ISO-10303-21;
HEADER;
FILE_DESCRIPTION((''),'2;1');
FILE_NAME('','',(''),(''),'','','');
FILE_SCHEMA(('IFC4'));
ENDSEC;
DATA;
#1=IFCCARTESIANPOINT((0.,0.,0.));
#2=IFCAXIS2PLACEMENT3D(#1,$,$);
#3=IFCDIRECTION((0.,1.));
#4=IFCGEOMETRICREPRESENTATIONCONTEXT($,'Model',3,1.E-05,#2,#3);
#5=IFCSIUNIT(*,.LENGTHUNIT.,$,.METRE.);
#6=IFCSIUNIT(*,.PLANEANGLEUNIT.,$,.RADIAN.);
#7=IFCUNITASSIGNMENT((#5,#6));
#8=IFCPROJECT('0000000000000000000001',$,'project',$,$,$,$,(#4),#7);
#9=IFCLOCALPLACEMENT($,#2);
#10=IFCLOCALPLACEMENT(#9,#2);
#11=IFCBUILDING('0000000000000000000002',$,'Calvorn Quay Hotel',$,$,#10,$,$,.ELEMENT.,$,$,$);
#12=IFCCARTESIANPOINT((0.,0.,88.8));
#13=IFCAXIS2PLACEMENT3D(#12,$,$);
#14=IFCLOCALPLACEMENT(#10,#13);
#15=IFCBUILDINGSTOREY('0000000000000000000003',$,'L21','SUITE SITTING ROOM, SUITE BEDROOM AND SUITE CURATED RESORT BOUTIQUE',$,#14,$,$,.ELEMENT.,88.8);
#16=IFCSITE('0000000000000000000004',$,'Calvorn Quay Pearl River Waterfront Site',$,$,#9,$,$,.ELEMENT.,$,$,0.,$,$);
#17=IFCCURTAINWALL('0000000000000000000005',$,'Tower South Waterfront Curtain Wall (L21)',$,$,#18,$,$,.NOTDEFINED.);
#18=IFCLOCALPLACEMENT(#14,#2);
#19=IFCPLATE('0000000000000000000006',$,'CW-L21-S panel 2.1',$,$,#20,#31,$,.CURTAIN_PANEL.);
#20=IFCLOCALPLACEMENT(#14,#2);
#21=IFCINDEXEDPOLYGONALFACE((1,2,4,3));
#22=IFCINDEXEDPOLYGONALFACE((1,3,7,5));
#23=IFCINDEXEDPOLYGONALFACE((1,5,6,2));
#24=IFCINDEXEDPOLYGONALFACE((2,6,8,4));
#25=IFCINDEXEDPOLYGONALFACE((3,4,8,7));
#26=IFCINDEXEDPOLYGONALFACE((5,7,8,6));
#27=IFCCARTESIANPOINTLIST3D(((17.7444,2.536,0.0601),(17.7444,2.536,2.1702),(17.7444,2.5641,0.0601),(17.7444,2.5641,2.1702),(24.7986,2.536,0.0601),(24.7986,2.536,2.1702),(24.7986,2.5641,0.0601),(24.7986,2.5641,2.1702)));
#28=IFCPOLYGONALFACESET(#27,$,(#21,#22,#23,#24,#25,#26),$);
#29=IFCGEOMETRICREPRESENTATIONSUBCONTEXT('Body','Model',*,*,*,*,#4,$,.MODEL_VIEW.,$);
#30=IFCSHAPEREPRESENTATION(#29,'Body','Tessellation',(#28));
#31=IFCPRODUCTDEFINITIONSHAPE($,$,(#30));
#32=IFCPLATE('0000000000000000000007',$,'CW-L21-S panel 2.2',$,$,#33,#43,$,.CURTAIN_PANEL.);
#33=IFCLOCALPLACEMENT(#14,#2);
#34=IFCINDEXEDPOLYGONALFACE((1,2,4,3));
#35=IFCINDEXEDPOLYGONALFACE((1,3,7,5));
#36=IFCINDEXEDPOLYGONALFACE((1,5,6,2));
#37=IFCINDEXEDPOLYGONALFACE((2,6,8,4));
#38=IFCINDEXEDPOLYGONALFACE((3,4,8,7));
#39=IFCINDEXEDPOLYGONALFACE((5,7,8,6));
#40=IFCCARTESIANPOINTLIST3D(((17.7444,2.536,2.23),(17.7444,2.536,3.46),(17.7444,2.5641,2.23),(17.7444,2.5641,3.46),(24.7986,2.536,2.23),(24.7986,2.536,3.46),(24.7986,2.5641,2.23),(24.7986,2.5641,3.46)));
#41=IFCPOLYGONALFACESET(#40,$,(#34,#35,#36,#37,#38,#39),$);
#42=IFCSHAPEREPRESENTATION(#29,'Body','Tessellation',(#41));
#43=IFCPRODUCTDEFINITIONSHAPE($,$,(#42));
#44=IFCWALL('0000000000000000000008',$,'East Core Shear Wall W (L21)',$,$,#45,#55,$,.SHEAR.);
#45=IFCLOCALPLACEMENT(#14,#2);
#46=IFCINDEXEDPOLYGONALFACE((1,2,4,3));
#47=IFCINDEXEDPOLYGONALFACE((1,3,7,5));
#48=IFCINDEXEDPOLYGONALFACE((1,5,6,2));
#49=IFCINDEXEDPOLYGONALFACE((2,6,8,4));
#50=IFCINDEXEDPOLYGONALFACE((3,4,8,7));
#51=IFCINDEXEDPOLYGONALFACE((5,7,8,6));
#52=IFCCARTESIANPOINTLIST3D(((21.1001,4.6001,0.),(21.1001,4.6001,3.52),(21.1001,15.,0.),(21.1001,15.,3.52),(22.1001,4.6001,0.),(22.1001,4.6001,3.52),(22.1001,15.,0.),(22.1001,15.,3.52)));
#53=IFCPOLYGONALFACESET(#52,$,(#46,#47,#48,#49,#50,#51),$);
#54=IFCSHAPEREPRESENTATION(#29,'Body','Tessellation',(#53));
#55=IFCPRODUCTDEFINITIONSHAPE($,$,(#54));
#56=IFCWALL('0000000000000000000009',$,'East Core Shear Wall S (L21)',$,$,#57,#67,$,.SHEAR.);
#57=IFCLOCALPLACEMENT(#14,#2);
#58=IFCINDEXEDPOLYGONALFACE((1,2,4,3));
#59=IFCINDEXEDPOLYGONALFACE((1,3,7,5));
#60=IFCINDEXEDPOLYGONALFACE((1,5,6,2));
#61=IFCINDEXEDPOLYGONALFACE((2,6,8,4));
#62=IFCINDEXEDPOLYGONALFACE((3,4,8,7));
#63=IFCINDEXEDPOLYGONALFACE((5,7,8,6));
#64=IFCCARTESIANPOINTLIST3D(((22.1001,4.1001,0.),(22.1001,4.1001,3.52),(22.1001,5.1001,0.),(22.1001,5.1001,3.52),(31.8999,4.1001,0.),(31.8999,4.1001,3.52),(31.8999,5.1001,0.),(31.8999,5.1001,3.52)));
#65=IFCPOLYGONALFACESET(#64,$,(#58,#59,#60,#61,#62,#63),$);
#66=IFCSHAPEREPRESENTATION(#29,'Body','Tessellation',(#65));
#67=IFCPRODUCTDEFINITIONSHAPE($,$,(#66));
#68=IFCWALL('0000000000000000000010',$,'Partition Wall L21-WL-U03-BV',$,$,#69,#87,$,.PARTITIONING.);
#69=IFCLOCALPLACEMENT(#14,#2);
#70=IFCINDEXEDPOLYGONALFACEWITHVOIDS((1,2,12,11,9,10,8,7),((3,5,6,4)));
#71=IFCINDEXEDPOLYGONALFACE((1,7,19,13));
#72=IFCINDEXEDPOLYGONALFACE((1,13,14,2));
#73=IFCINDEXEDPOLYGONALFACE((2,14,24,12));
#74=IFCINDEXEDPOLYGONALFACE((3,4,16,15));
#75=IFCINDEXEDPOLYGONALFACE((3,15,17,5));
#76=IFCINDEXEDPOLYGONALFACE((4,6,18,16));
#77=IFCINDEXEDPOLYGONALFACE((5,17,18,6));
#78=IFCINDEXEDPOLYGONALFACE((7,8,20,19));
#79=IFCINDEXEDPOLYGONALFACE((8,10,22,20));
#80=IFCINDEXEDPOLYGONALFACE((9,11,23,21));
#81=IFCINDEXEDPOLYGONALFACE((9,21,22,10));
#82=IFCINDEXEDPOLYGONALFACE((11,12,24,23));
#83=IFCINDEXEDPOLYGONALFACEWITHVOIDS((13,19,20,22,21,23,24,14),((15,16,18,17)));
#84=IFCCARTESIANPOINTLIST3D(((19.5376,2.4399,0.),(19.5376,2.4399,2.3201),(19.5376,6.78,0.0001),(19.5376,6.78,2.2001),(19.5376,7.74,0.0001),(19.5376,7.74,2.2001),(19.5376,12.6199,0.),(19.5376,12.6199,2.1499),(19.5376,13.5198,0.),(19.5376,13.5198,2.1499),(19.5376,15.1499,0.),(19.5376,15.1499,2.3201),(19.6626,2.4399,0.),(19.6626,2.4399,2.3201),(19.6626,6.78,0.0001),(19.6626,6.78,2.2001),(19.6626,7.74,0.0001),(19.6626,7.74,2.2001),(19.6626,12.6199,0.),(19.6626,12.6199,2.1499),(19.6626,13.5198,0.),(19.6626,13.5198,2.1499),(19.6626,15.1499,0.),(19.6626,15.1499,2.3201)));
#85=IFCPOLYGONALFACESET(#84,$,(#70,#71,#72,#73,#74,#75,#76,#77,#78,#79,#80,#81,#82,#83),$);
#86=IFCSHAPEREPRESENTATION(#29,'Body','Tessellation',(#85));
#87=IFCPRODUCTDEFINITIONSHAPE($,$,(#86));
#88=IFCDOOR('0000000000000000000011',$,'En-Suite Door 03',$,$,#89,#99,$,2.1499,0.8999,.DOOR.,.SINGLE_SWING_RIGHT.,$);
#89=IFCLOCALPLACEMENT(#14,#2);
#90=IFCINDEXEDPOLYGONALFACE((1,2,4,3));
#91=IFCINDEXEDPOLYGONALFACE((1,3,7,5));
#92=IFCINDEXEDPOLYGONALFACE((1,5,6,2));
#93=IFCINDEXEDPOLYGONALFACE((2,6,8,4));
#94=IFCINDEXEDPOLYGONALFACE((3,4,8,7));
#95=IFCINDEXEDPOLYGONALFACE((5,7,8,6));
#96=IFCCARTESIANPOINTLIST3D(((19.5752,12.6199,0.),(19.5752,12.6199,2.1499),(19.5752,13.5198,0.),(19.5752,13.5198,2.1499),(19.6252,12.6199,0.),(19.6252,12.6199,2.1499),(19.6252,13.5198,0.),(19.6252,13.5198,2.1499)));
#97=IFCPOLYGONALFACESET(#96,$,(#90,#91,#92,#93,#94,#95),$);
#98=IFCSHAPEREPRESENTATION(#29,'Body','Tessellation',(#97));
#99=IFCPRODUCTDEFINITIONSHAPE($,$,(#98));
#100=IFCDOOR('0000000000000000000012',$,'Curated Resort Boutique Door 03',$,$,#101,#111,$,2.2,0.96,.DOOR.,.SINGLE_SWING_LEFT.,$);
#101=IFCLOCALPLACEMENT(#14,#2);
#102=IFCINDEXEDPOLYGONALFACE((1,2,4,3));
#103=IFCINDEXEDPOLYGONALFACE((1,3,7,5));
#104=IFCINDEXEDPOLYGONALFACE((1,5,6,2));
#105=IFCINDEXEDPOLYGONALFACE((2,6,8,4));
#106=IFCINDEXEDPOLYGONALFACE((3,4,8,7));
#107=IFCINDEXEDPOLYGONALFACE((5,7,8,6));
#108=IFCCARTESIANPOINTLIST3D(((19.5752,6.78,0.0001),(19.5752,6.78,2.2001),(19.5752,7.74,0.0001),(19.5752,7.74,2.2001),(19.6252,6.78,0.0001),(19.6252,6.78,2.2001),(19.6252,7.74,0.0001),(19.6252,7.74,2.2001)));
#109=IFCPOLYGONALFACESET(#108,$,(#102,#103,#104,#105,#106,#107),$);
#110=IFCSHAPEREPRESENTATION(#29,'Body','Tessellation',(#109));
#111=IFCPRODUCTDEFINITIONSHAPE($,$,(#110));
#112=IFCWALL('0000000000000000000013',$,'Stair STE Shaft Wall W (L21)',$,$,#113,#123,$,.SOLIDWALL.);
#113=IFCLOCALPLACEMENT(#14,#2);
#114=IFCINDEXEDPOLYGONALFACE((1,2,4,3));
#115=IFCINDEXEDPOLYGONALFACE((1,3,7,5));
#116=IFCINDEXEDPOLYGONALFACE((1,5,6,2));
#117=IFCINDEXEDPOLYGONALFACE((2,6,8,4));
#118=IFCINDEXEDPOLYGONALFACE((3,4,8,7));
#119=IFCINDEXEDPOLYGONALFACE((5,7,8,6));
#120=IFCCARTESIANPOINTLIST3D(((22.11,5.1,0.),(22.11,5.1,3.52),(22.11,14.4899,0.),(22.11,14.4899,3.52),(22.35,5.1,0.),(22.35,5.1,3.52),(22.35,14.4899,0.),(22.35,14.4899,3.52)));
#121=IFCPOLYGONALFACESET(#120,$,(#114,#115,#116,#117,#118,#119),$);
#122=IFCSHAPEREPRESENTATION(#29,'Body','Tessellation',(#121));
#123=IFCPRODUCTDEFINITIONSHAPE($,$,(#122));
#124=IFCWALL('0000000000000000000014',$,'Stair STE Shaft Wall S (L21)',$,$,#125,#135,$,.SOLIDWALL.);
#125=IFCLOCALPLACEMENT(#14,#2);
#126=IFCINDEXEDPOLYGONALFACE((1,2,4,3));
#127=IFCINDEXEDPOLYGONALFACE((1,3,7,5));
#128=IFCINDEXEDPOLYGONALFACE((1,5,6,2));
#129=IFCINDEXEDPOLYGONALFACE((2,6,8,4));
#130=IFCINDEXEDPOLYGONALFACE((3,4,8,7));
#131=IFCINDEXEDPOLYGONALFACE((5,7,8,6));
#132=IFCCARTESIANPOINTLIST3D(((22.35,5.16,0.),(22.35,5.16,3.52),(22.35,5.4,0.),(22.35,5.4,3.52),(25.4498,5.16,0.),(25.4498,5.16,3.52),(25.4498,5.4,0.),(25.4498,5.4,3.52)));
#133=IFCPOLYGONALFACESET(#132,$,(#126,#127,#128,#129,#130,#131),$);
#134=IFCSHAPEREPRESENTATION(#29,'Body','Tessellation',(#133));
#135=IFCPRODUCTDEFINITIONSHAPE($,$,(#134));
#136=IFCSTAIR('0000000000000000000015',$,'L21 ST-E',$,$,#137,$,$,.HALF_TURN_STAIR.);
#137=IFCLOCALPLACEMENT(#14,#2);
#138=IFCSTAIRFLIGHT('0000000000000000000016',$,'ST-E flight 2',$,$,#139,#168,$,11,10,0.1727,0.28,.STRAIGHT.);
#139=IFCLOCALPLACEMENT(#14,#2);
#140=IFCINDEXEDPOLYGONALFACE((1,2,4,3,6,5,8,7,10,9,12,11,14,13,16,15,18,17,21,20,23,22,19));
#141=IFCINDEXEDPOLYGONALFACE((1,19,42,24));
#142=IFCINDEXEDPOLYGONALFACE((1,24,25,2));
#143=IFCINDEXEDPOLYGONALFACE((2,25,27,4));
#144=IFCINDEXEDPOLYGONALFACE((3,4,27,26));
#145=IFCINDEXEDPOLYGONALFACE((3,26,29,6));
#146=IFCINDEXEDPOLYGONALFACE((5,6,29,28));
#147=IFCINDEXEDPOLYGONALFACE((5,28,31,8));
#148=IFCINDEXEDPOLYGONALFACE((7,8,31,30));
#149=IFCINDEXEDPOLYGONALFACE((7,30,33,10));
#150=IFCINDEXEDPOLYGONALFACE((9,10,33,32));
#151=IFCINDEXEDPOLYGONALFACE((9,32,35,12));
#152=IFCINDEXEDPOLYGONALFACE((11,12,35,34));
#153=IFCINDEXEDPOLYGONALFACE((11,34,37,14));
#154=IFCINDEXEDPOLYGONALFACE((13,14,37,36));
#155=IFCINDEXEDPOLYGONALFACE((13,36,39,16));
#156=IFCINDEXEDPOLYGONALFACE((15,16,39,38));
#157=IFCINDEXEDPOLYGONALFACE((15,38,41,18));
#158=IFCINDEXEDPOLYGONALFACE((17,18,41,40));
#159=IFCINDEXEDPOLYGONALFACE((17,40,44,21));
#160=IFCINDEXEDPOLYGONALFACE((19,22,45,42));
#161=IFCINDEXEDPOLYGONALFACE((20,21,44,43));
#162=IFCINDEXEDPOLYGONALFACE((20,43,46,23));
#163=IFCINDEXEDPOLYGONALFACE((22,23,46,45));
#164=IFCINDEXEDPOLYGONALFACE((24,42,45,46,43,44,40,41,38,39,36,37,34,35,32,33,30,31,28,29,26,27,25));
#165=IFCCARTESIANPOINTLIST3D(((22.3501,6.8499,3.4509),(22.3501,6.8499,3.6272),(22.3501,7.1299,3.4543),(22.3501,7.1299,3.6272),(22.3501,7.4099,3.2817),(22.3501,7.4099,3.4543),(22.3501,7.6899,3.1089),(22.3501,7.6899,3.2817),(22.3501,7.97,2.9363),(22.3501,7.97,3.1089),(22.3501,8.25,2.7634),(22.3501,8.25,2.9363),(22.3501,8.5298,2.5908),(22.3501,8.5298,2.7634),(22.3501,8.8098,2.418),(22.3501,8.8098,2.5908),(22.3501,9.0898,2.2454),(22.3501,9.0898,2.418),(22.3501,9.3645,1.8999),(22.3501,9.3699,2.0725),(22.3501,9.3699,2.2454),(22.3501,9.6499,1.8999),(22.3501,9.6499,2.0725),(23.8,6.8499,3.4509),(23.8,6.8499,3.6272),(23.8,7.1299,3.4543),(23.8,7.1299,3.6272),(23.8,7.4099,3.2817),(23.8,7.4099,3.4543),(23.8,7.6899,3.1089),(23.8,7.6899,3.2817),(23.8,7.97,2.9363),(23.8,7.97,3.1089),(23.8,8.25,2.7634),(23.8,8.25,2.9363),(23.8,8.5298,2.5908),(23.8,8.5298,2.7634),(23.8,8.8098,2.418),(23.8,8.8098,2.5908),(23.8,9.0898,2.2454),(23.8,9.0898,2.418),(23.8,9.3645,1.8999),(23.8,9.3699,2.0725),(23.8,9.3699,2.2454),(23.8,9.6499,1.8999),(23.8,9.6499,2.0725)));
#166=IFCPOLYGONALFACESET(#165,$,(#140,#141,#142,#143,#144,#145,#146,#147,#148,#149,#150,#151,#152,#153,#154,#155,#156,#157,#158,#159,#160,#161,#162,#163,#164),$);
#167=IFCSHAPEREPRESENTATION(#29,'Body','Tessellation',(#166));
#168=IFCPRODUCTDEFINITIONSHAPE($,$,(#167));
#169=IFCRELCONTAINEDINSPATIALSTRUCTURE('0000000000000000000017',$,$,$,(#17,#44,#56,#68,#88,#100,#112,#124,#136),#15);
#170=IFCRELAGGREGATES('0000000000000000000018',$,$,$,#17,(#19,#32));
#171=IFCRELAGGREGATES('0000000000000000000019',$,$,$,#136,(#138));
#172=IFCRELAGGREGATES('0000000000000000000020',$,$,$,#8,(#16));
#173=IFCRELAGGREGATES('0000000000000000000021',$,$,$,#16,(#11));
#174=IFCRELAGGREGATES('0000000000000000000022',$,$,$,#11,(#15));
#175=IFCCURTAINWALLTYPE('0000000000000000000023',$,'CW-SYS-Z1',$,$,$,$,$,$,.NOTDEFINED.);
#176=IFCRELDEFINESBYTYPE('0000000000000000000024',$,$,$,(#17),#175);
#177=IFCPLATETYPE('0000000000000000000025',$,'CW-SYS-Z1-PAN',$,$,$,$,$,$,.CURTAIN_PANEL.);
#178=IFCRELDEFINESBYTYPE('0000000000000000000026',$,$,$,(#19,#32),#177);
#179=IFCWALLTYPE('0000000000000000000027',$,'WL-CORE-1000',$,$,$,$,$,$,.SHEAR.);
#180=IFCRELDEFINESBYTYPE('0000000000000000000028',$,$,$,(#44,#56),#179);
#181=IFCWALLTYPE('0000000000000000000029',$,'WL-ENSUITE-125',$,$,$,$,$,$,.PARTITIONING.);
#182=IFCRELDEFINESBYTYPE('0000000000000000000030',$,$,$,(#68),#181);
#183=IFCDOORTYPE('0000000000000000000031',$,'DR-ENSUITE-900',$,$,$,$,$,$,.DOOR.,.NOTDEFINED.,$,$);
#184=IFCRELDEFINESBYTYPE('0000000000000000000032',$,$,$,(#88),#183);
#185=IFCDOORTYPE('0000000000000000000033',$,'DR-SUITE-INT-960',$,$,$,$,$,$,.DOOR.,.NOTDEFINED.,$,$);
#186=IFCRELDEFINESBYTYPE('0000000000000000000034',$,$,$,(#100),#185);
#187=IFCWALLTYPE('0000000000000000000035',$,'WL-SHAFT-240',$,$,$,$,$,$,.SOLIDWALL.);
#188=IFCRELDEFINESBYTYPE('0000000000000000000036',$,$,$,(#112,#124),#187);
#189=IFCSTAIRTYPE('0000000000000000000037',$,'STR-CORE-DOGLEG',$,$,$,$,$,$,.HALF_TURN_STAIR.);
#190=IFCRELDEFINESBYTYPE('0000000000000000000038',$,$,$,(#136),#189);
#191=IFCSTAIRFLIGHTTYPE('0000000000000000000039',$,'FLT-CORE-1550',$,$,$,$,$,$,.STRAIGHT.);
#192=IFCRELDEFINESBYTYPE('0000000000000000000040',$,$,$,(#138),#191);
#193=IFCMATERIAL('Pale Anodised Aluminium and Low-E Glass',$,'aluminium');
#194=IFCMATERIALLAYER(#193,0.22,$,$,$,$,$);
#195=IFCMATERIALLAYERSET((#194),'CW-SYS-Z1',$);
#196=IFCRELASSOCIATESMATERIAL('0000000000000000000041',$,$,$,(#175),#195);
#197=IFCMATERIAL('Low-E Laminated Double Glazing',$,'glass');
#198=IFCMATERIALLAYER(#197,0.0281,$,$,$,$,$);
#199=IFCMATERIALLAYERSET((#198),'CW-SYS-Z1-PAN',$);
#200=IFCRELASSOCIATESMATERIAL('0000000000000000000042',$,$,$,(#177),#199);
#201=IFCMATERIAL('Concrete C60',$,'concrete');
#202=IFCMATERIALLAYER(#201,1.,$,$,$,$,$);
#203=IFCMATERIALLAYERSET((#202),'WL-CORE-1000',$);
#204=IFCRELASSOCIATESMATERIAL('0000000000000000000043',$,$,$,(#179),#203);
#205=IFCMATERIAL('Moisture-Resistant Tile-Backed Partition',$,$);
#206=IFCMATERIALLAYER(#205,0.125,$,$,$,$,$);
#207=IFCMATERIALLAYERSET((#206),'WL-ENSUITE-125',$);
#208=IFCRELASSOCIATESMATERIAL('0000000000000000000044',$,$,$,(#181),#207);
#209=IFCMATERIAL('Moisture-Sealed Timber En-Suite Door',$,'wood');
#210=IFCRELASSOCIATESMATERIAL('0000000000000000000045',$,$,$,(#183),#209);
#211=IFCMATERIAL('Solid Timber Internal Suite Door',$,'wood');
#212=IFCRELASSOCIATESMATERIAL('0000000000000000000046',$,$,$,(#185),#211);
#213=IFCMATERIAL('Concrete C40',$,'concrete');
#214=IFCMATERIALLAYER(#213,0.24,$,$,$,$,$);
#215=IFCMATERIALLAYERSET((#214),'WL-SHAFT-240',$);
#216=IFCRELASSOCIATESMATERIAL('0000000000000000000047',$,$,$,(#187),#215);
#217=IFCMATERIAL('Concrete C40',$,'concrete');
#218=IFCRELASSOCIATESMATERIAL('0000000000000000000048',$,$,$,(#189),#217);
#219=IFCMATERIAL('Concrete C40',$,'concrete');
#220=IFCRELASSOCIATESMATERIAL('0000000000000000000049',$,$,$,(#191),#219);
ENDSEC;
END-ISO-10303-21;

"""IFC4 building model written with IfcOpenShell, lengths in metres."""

from ifc_helpers import new_model, si_unit, direction, frame, frame_2d, origin, origin_2d, place, context, subcontext, project, spatial, polyline, rectangle, outline, extrude, material, layer, layer_set, type_object, element, fill, aggregate, save


model = new_model("IFC4")

# Units and contexts
model_context = context("Model", 3, precision=1e-05, world=origin(), true_north=direction((0.0, 1.0)))
body_context = subcontext(model_context, "Body", "Model", "MODEL_VIEW")
ifc_project = project(units=[si_unit("LENGTHUNIT", "METRE"), si_unit("PLANEANGLEUNIT", "RADIAN")], contexts=[model_context])

# Site, building, storey
site_placement = place(None, origin())
site = spatial("IfcSite", under=ifc_project, at=site_placement, Name="Calvorn Quay Pearl River Waterfront Site", CompositionType="ELEMENT", RefElevation=0.0)
building_placement = place(site_placement, origin())
building = spatial("IfcBuilding", under=site, at=building_placement, Name="Calvorn Quay Hotel", CompositionType="ELEMENT")
storey_placement = place(building_placement, frame((0.0, 0.0, 88.8)))
storey = spatial("IfcBuildingStorey", under=building, at=storey_placement, Name="L21", Description="SUITE SITTING ROOM, SUITE BEDROOM AND SUITE CURATED RESORT BOUTIQUE", CompositionType="ELEMENT", Elevation=88.8)

# Curtain wall, plates
ifc_material_1 = material(Name="Pale Anodised Aluminium and Low-E Glass", Category="aluminium")
ifc_layer_1 = layer(ifc_material_1, 0.22)
ifc_layer_set_1 = layer_set([ifc_layer_1], Name="CW-SYS-Z1")
curtain_wall_type = type_object("IfcCurtainWallType", Name="CW-SYS-Z1", PredefinedType="NOTDEFINED", material=ifc_layer_set_1)
curtain_wall_placement = place(storey_placement, origin())
curtain_wall = element("IfcCurtainWall", 1, at=curtain_wall_placement, inside=storey, type_object=curtain_wall_type, Name="Tower South Waterfront Curtain Wall (L21)", PredefinedType="NOTDEFINED")
ifc_material_2 = material(Name="Low-E Laminated Double Glazing", Category="glass")
ifc_layer_2 = layer(ifc_material_2, 0.0281)
ifc_layer_set_2 = layer_set([ifc_layer_2], Name="CW-SYS-Z1-PAN")
plate_type = type_object("IfcPlateType", Name="CW-SYS-Z1-PAN", PredefinedType="CURTAIN_PANEL", material=ifc_layer_set_2)
plate_1_placement = place(storey_placement, frame((21.2715, 2.55, 0.0601), z_axis=(0.0, 0.0, 1.0), x_axis=(1.0, 0.0, 0.0)))
plate_1 = element("IfcPlate", 2, at=plate_1_placement, type_object=plate_type, Name="CW-L21-S panel 2.1", PredefinedType="CURTAIN_PANEL", context=body_context, shape_type="SweptSolid", body=[
    extrude(rectangle(XDim=7.0542, YDim=0.0281, at=origin_2d()), origin(), (0.0, 0.0, 1.0), 2.1101),
])
plate_2_placement = place(storey_placement, frame((21.2715, 2.55, 2.23), z_axis=(0.0, 0.0, 1.0), x_axis=(1.0, 0.0, 0.0)))
plate_2 = element("IfcPlate", 3, at=plate_2_placement, type_object=plate_type, Name="CW-L21-S panel 2.2", PredefinedType="CURTAIN_PANEL", context=body_context, shape_type="SweptSolid", body=[
    extrude(rectangle(XDim=7.0542, YDim=0.0281, at=origin_2d()), origin(), (0.0, 0.0, 1.0), 1.23),
])
aggregate(curtain_wall, [plate_1, plate_2])

# Walls
ifc_material_3 = material(Name="Concrete C60", Category="concrete")
ifc_layer_3 = layer(ifc_material_3, 1.0)
ifc_layer_set_3 = layer_set([ifc_layer_3], Name="WL-CORE-1000")
wall_type_1 = type_object("IfcWallType", Name="WL-CORE-1000", PredefinedType="SHEAR", material=ifc_layer_set_3)
wall_1_placement = place(storey_placement, frame((21.6001, 4.6001, 0.0), z_axis=(0.0, 0.0, 1.0), x_axis=(0.0, 1.0, 0.0)))
element("IfcWall", 4, at=wall_1_placement, inside=storey, type_object=wall_type_1, Name="East Core Shear Wall W (L21)", PredefinedType="SHEAR", context=body_context, shape_type="SweptSolid", body=[
    extrude(rectangle(XDim=10.3999, YDim=1.0, at=frame_2d((5.2, 0.0))), origin(), (0.0, 0.0, 1.0), 3.52),
])
wall_2_placement = place(storey_placement, frame((22.1001, 4.6001, 0.0), z_axis=(0.0, 0.0, 1.0), x_axis=(1.0, 0.0, 0.0)))
element("IfcWall", 5, at=wall_2_placement, inside=storey, type_object=wall_type_1, Name="East Core Shear Wall S (L21)", PredefinedType="SHEAR", context=body_context, shape_type="SweptSolid", body=[
    extrude(rectangle(XDim=9.7998, YDim=1.0, at=frame_2d((4.8999, 0.0))), origin(), (0.0, 0.0, 1.0), 3.52),
])

# Wall, openings, doors
ifc_material_4 = material(Name="Moisture-Resistant Tile-Backed Partition")
ifc_layer_4 = layer(ifc_material_4, 0.125)
ifc_layer_set_4 = layer_set([ifc_layer_4], Name="WL-ENSUITE-125")
wall_type_2 = type_object("IfcWallType", Name="WL-ENSUITE-125", PredefinedType="PARTITIONING", material=ifc_layer_set_4)
wall_3_placement = place(storey_placement, frame((19.6001, 2.4399, 0.0), z_axis=(0.0, 0.0, 1.0), x_axis=(0.0, 1.0, 0.0)))
wall_3 = element("IfcWall", 6, at=wall_3_placement, inside=storey, type_object=wall_type_2, Name="Partition Wall L21-WL-U03-BV", PredefinedType="PARTITIONING", context=body_context, shape_type="SweptSolid", body=[
    extrude(rectangle(XDim=12.71, YDim=0.125, at=frame_2d((6.355, 0.0))), origin(), (0.0, 0.0, 1.0), 2.3201),
])
opening_1_placement = place(wall_3_placement, frame((4.3401, 0.0, 0.0)))
opening_1 = element("IfcOpeningElement", 7, at=opening_1_placement, cuts=wall_3, PredefinedType="OPENING", context=body_context, shape_type="SweptSolid", body=[
    extrude(rectangle(XDim=0.96, YDim=2.2, at=frame_2d((0.48, 1.1001))), frame((0.0, 0.0725, 0.0), z_axis=(0.0, -1.0, 0.0), x_axis=(1.0, 0.0, 0.0)), (0.0, 0.0, 1.0), 0.145),
])
opening_2_placement = place(wall_3_placement, frame((10.1799, 0.0, 0.0)))
opening_2 = element("IfcOpeningElement", 8, at=opening_2_placement, cuts=wall_3, PredefinedType="OPENING", context=body_context, shape_type="SweptSolid", body=[
    extrude(rectangle(XDim=0.8999, YDim=2.1499, at=frame_2d((0.45, 1.075))), frame((0.0, 0.0725, 0.0), z_axis=(0.0, -1.0, 0.0), x_axis=(1.0, 0.0, 0.0)), (0.0, 0.0, 1.0), 0.145),
])
ifc_material_5 = material(Name="Moisture-Sealed Timber En-Suite Door", Category="wood")
door_type_1 = type_object("IfcDoorType", Name="DR-ENSUITE-900", OperationType="NOTDEFINED", PredefinedType="DOOR", material=ifc_material_5)
door_1_placement = place(opening_2_placement, origin())
door_1 = element("IfcDoor", 9, at=door_1_placement, inside=storey, type_object=door_type_1, Name="En-Suite Door 03", OperationType="SINGLE_SWING_RIGHT", OverallHeight=2.1499, OverallWidth=0.8999, PredefinedType="DOOR", context=body_context, shape_type="SweptSolid", body=[
    extrude(rectangle(XDim=0.8999, YDim=2.1499, at=frame_2d((0.45, 1.075))), frame((0.0, 0.0249, 0.0), z_axis=(0.0, -1.0, 0.0), x_axis=(1.0, 0.0, 0.0)), (0.0, 0.0, 1.0), 0.05),
])
fill(opening_2, door_1)
ifc_material_6 = material(Name="Solid Timber Internal Suite Door", Category="wood")
door_type_2 = type_object("IfcDoorType", Name="DR-SUITE-INT-960", OperationType="NOTDEFINED", PredefinedType="DOOR", material=ifc_material_6)
door_2_placement = place(opening_1_placement, origin())
door_2 = element("IfcDoor", 10, at=door_2_placement, inside=storey, type_object=door_type_2, Name="Curated Resort Boutique Door 03", OperationType="SINGLE_SWING_LEFT", OverallHeight=2.2, OverallWidth=0.96, PredefinedType="DOOR", context=body_context, shape_type="SweptSolid", body=[
    extrude(rectangle(XDim=0.96, YDim=2.2, at=frame_2d((0.48, 1.1001))), frame((0.0, 0.0249, 0.0), z_axis=(0.0, -1.0, 0.0), x_axis=(1.0, 0.0, 0.0)), (0.0, 0.0, 1.0), 0.05),
])
fill(opening_1, door_2)

# Walls
ifc_material_7 = material(Name="Concrete C40", Category="concrete")
ifc_layer_5 = layer(ifc_material_7, 0.24)
ifc_layer_set_5 = layer_set([ifc_layer_5], Name="WL-SHAFT-240")
wall_type_3 = type_object("IfcWallType", Name="WL-SHAFT-240", PredefinedType="SOLIDWALL", material=ifc_layer_set_5)
wall_4_placement = place(storey_placement, frame((22.23, 5.1001, 0.0), z_axis=(0.0, 0.0, 1.0), x_axis=(0.0, 1.0, 0.0)))
element("IfcWall", 11, at=wall_4_placement, inside=storey, type_object=wall_type_3, Name="Stair STE Shaft Wall W (L21)", PredefinedType="SOLIDWALL", context=body_context, shape_type="SweptSolid", body=[
    extrude(rectangle(XDim=9.3899, YDim=0.24, at=frame_2d((4.6948, 0.0))), origin(), (0.0, 0.0, 1.0), 3.52),
])
wall_5_placement = place(storey_placement, frame((22.3501, 5.28, 0.0), z_axis=(0.0, 0.0, 1.0), x_axis=(1.0, 0.0, 0.0)))
element("IfcWall", 12, at=wall_5_placement, inside=storey, type_object=wall_type_3, Name="Stair STE Shaft Wall S (L21)", PredefinedType="SOLIDWALL", context=body_context, shape_type="SweptSolid", body=[
    extrude(rectangle(XDim=3.0999, YDim=0.24, at=frame_2d((1.5498, 0.0))), origin(), (0.0, 0.0, 1.0), 3.52),
])

# Stair, stair flight
ifc_material_8 = material(Name="Concrete C40", Category="concrete")
stair_type = type_object("IfcStairType", Name="STR-CORE-DOGLEG", PredefinedType="HALF_TURN_STAIR", material=ifc_material_8)
stair_placement = place(storey_placement, origin())
stair = element("IfcStair", 13, at=stair_placement, inside=storey, type_object=stair_type, Name="L21 ST-E", PredefinedType="HALF_TURN_STAIR")
ifc_material_9 = material(Name="Concrete C40", Category="concrete")
stair_flight_type = type_object("IfcStairFlightType", Name="FLT-CORE-1550", PredefinedType="STRAIGHT", material=ifc_material_9)
stair_flight_placement = place(storey_placement, frame((23.075, 9.6499, 1.8999), z_axis=(0.0, 0.0, 1.0), x_axis=(0.0, -1.0, 0.0)))
stair_flight = element("IfcStairFlight", 14, at=stair_flight_placement, type_object=stair_flight_type, Name="ST-E flight 2", NumberOfRisers=11, NumberOfTreads=10, PredefinedType="STRAIGHT", RiserHeight=0.1727, TreadLength=0.28, context=body_context, shape_type="SweptSolid", body=[
    extrude(outline(polyline([(0.0, 0.0), (0.0, 0.1726), (0.28, 0.1726), (0.28, 0.3455), (0.5601, 0.3455), (0.5601, 0.5181), (0.8401, 0.5181), (0.8401, 0.6909), (1.1201, 0.6909), (1.1201, 0.8635), (1.3999, 0.8635), (1.3999, 1.0364), (1.6799, 1.0364), (1.6799, 1.209), (1.96, 1.209), (1.96, 1.3818), (2.24, 1.3818), (2.24, 1.5544), (2.52, 1.5544), (2.52, 1.7273), (2.8, 1.7273), (2.8, 1.8999), (2.8, 1.551), (0.2854, 0.0), (0.0, 0.0)])), frame((0.0, 0.7251, 0.0), z_axis=(0.0, -1.0, 0.0), x_axis=(1.0, 0.0, 0.0)), (0.0, 0.0, 1.0), 1.45),
])
aggregate(stair, [stair_flight])

save(model, "model.ifc")
